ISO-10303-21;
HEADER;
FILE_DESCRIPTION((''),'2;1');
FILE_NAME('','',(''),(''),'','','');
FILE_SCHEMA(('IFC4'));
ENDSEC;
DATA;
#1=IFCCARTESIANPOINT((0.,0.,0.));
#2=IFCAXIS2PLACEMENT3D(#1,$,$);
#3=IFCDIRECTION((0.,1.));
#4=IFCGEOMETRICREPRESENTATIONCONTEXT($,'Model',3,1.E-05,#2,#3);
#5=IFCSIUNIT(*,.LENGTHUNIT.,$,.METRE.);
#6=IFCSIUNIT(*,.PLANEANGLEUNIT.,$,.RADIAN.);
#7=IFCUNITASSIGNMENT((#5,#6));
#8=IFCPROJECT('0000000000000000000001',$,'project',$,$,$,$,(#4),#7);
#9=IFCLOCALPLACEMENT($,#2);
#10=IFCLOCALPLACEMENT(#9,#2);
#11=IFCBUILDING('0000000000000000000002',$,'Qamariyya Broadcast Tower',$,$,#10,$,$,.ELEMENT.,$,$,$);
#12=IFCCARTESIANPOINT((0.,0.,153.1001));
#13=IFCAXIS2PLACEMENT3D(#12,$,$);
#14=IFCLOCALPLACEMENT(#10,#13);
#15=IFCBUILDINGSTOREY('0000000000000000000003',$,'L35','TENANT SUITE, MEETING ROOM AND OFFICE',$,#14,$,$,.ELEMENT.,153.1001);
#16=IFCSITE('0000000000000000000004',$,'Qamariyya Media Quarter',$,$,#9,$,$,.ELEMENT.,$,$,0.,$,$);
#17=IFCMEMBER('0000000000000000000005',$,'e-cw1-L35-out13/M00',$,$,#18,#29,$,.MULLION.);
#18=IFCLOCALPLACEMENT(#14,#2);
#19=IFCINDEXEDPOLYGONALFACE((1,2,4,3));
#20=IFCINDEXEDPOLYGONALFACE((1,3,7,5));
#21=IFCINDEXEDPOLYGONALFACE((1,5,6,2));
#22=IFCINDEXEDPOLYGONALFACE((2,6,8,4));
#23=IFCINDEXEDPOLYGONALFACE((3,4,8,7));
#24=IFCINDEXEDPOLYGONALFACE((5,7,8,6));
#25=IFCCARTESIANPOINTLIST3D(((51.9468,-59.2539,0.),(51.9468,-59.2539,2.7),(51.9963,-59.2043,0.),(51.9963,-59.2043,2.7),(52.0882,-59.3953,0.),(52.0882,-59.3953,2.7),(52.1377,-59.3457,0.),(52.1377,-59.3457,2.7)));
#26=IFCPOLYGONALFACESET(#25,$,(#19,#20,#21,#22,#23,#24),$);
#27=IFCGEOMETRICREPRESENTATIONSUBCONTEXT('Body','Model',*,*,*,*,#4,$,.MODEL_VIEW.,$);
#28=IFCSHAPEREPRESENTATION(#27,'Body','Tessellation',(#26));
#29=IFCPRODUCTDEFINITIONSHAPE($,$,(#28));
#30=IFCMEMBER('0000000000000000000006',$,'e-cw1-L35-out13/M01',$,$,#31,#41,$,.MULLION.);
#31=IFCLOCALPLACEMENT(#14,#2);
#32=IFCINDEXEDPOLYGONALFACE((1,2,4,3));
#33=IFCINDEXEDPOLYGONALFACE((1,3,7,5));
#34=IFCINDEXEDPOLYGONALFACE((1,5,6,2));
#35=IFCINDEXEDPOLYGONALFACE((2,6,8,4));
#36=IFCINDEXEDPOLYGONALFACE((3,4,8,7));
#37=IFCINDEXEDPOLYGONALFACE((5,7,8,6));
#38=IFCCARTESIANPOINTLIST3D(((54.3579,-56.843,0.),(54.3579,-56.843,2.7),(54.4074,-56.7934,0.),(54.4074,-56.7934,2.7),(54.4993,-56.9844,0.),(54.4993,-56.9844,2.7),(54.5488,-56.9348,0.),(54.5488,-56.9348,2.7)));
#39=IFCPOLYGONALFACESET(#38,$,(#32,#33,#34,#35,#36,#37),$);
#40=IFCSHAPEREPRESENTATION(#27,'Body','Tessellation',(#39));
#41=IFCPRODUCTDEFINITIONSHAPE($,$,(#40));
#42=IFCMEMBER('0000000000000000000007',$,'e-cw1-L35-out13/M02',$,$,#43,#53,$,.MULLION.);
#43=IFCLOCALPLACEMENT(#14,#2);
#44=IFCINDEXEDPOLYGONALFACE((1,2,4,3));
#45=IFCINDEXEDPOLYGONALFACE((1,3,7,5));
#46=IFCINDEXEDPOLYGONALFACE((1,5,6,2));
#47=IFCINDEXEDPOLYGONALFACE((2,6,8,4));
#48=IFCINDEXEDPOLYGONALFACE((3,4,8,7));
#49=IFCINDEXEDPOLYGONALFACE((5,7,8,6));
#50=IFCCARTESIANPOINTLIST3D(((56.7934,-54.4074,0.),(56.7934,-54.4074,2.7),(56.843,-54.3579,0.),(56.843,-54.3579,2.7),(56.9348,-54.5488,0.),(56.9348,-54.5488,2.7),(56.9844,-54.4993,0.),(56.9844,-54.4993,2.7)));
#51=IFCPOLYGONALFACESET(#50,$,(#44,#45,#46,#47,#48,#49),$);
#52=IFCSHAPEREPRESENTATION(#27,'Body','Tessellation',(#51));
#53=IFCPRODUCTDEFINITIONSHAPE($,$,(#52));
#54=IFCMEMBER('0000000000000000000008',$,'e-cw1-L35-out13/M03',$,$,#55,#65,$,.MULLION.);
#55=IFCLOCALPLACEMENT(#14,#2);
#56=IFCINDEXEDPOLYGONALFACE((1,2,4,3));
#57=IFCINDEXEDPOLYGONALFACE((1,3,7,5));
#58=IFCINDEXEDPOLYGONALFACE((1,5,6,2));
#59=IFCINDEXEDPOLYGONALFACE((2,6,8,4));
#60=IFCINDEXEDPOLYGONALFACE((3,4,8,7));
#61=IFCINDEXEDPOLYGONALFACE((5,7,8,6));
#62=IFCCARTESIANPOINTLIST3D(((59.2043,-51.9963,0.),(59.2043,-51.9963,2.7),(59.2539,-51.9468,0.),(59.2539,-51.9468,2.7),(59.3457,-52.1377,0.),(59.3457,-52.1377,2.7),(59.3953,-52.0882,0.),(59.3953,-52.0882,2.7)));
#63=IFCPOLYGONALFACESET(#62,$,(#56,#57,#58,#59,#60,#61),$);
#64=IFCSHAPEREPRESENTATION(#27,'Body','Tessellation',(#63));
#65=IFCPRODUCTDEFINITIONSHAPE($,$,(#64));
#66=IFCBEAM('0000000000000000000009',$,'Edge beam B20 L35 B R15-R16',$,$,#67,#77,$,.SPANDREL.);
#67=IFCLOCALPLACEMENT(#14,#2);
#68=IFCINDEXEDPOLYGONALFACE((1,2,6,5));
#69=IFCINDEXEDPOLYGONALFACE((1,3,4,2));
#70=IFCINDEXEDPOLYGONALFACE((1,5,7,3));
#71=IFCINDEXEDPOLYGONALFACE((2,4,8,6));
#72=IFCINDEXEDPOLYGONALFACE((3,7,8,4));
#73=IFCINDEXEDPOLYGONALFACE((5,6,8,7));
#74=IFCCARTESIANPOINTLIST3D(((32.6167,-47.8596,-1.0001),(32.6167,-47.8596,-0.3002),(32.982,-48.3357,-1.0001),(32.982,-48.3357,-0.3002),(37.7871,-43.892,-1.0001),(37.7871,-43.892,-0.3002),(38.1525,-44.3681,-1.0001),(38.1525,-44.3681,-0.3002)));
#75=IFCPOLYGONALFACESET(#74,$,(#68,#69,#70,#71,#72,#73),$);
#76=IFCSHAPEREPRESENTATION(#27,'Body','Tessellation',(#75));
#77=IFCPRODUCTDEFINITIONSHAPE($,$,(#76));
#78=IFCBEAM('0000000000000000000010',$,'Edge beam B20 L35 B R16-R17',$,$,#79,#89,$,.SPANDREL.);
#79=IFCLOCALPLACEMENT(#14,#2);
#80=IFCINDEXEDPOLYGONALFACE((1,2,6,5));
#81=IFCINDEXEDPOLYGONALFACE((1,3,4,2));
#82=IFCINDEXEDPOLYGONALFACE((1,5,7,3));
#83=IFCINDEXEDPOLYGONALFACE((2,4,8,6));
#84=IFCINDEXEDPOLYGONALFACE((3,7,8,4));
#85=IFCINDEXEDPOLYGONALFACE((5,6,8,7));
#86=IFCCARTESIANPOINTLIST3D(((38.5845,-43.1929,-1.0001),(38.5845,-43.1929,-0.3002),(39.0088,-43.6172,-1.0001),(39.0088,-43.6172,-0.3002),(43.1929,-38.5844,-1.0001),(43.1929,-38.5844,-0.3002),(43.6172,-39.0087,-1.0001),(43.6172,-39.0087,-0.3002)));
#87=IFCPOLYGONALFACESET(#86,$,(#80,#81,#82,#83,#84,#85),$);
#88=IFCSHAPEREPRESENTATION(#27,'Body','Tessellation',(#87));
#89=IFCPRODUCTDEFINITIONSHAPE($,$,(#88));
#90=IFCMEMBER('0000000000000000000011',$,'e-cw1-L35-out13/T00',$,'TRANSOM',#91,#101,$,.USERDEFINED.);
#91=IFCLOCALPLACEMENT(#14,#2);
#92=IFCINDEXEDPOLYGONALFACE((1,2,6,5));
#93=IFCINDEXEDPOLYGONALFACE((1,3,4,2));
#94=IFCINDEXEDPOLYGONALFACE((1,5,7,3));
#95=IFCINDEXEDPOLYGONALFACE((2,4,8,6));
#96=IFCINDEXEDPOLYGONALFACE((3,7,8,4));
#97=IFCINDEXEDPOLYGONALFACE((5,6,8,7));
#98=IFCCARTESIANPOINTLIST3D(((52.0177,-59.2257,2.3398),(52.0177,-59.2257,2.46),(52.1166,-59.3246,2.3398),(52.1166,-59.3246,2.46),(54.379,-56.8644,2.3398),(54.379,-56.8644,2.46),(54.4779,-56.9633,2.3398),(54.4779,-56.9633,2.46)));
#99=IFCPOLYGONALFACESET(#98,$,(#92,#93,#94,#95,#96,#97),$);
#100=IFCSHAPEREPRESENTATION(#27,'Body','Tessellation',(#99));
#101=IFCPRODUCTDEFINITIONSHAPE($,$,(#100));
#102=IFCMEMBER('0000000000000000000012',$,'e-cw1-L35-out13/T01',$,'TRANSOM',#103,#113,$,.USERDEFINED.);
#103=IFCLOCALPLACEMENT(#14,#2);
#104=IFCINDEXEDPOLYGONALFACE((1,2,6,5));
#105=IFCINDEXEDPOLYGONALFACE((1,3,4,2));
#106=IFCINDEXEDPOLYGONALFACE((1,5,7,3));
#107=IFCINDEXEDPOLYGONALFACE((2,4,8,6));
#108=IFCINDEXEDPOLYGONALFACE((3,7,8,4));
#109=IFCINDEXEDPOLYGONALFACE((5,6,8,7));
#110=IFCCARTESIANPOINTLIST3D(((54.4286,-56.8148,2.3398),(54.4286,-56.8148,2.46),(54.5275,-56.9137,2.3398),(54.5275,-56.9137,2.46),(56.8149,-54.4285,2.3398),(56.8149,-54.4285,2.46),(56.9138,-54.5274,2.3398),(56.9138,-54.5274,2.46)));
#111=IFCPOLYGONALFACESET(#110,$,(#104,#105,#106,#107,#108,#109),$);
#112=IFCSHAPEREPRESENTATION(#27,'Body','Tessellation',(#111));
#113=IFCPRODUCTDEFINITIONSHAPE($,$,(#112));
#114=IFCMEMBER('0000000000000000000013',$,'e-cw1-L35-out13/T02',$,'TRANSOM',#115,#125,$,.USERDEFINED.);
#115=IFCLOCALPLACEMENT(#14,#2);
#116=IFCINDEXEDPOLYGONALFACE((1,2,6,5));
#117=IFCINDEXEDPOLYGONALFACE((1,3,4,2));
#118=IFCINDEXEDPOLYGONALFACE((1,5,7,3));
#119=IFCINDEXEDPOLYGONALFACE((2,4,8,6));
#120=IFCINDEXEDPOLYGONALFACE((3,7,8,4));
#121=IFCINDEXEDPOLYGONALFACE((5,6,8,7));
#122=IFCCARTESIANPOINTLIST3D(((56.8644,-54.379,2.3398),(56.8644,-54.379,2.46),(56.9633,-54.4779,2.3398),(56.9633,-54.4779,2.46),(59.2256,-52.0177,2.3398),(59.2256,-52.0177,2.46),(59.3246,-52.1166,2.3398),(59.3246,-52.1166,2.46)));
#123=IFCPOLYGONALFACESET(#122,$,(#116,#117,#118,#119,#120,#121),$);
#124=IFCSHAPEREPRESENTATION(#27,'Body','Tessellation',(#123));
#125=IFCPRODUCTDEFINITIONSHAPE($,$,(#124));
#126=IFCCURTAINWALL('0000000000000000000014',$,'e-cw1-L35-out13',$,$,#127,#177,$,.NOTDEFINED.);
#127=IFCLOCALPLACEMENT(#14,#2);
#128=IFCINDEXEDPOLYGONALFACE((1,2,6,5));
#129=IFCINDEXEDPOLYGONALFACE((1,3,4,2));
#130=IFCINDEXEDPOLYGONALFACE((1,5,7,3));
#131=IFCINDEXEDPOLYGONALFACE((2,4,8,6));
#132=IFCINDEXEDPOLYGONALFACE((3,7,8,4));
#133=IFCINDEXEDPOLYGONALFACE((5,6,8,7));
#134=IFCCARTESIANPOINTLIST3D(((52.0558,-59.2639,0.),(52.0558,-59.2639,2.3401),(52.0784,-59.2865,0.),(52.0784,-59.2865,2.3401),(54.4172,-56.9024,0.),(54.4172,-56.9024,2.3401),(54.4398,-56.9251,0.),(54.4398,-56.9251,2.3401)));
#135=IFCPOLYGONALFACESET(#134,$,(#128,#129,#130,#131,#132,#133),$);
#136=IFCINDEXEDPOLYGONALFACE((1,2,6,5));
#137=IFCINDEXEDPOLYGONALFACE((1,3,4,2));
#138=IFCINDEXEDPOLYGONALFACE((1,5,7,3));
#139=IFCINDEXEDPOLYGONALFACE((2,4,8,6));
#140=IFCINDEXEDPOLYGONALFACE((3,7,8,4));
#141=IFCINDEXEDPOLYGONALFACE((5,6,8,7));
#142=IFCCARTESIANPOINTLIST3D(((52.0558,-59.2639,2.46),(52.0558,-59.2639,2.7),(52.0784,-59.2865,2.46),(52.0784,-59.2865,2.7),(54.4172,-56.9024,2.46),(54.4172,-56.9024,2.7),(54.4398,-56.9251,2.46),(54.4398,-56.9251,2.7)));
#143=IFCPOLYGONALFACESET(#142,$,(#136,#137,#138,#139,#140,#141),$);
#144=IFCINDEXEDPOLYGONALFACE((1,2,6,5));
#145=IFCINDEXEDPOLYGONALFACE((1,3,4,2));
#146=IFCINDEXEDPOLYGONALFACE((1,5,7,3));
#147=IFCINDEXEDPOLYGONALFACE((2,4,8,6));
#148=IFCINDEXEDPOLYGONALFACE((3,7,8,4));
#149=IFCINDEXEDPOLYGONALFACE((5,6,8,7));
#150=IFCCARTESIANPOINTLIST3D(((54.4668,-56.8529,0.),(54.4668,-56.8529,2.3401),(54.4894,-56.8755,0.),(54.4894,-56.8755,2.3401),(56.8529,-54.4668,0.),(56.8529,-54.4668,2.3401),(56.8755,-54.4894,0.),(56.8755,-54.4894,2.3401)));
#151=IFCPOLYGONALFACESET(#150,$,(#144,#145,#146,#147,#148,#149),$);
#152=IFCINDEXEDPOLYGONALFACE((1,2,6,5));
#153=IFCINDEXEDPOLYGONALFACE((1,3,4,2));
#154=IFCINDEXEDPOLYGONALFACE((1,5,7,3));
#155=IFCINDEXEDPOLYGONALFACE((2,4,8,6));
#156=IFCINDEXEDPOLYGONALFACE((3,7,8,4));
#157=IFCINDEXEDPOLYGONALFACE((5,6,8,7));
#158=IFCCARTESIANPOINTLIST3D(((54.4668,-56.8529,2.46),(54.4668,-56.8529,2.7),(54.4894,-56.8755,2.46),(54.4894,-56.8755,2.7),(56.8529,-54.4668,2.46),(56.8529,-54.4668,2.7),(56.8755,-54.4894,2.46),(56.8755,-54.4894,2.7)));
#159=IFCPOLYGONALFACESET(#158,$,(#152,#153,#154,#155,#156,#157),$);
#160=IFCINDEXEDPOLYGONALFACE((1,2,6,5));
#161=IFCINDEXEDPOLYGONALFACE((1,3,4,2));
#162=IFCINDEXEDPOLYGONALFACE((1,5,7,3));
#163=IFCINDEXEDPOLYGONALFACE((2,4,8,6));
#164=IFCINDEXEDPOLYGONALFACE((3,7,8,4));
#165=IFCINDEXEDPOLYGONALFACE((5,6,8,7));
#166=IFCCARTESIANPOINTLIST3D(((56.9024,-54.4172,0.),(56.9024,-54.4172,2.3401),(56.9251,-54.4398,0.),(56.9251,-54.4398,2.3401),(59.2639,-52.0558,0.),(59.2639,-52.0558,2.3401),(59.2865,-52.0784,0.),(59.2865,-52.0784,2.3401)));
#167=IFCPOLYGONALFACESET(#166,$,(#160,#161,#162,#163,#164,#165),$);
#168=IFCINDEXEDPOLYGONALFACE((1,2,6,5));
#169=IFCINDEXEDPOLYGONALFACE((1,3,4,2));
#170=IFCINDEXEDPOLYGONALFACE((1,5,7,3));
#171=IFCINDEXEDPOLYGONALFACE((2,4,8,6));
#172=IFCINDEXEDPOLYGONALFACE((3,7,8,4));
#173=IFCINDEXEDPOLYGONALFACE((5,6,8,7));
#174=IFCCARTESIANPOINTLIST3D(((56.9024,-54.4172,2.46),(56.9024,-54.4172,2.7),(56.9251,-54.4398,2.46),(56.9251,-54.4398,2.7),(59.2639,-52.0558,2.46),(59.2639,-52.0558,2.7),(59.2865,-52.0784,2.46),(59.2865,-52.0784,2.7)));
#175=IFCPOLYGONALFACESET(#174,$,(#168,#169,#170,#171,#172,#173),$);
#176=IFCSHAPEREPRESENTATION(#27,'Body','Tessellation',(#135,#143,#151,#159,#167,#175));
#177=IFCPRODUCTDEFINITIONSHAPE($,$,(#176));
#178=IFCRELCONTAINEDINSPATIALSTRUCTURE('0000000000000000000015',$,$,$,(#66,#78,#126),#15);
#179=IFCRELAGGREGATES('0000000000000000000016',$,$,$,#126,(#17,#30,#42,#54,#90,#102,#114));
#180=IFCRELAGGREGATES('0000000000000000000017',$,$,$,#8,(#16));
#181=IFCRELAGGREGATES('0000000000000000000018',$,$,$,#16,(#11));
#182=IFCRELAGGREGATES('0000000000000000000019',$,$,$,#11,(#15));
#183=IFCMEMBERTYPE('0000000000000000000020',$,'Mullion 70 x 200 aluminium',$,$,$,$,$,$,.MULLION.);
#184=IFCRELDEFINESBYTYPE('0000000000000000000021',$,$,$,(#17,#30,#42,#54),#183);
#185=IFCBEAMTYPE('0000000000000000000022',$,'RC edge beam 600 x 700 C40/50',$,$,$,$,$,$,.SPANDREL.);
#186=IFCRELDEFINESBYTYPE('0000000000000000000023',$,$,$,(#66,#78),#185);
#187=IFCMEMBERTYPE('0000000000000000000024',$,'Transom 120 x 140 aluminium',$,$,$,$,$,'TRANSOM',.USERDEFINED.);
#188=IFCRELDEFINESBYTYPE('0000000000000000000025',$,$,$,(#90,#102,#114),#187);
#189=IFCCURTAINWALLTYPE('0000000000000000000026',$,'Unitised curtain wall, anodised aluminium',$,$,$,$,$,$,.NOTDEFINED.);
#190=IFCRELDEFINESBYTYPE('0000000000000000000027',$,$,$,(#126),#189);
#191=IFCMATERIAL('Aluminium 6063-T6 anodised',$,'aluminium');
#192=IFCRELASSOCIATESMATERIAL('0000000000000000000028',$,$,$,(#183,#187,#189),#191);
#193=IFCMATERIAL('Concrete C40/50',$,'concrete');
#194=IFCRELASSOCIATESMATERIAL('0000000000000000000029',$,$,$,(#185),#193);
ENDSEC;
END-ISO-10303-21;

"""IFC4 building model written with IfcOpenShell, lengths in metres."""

from ifc_helpers import new_model, si_unit, direction, frame, origin, origin_2d, place, context, subcontext, project, spatial, rectangle, extrude, material, material_profile, profile_set, type_object, element, aggregate, save


model = new_model("IFC4")

# Units and contexts
model_context = context("Model", 3, precision=1e-05, world=origin(), true_north=direction((0.0, 1.0)))
body_context = subcontext(model_context, "Body", "Model", "MODEL_VIEW")
ifc_project = project(units=[si_unit("LENGTHUNIT", "METRE"), si_unit("PLANEANGLEUNIT", "RADIAN")], contexts=[model_context])

# Site, building, storey
site_placement = place(None, origin())
site = spatial("IfcSite", under=ifc_project, at=site_placement, Name="Qamariyya Media Quarter", CompositionType="ELEMENT", RefElevation=0.0)
building_placement = place(site_placement, origin())
building = spatial("IfcBuilding", under=site, at=building_placement, Name="Qamariyya Broadcast Tower", CompositionType="ELEMENT")
storey_placement = place(building_placement, frame((0.0, 0.0, 153.1001)))
storey = spatial("IfcBuildingStorey", under=building, at=storey_placement, Name="L35", Description="TENANT SUITE, MEETING ROOM AND OFFICE", CompositionType="ELEMENT", Elevation=153.1001)

# Members
ifc_material_1 = material(Name="Aluminium 6063-T6 anodised", Category="aluminium")
ifc_material_profile_1 = material_profile(ifc_material_1, rectangle(XDim=0.2, YDim=0.0701, at=origin_2d()))
ifc_profile_set_1 = profile_set([ifc_material_profile_1], Name="Aluminium 6063-T6 anodised")
member_type_1 = type_object("IfcMemberType", Name="Mullion 70 x 200 aluminium", PredefinedType="MULLION", material=ifc_profile_set_1)
member_1_placement = place(storey_placement, frame((52.0422, -59.2998, 0.0), z_axis=(0.0, 0.0, 1.0), x_axis=(-0.707107, 0.707107, 0.0)))
member_1 = element("IfcMember", 1, at=member_1_placement, type_object=member_type_1, Name="e-cw1-L35-out13/M00", PredefinedType="MULLION", context=body_context, shape_type="SweptSolid", body=[
    extrude(rectangle(XDim=0.2, YDim=0.0701, at=origin_2d()), origin(), (0.0, 0.0, 1.0), 2.7),
])
member_2_placement = place(storey_placement, frame((54.4534, -56.8889, 0.0), z_axis=(0.0, 0.0, 1.0), x_axis=(-0.707107, 0.707107, 0.0)))
member_2 = element("IfcMember", 2, at=member_2_placement, type_object=member_type_1, Name="e-cw1-L35-out13/M01", PredefinedType="MULLION", context=body_context, shape_type="SweptSolid", body=[
    extrude(rectangle(XDim=0.2, YDim=0.0701, at=origin_2d()), origin(), (0.0, 0.0, 1.0), 2.7),
])
member_3_placement = place(storey_placement, frame((56.8889, -54.4534, 0.0), z_axis=(0.0, 0.0, 1.0), x_axis=(-0.707107, 0.707107, 0.0)))
member_3 = element("IfcMember", 3, at=member_3_placement, type_object=member_type_1, Name="e-cw1-L35-out13/M02", PredefinedType="MULLION", context=body_context, shape_type="SweptSolid", body=[
    extrude(rectangle(XDim=0.2, YDim=0.0701, at=origin_2d()), origin(), (0.0, 0.0, 1.0), 2.7),
])
member_4_placement = place(storey_placement, frame((59.2998, -52.0422, 0.0), z_axis=(0.0, 0.0, 1.0), x_axis=(-0.707107, 0.707107, 0.0)))
member_4 = element("IfcMember", 4, at=member_4_placement, type_object=member_type_1, Name="e-cw1-L35-out13/M03", PredefinedType="MULLION", context=body_context, shape_type="SweptSolid", body=[
    extrude(rectangle(XDim=0.2, YDim=0.0701, at=origin_2d()), origin(), (0.0, 0.0, 1.0), 2.7),
])

# Beams
ifc_material_2 = material(Name="Concrete C40/50", Category="concrete")
ifc_material_profile_2 = material_profile(ifc_material_2, rectangle(XDim=0.6001, YDim=0.7, at=origin_2d()))
ifc_profile_set_2 = profile_set([ifc_material_profile_2], Name="Concrete C40/50")
beam_type = type_object("IfcBeamType", Name="RC edge beam 600 x 700 C40/50", PredefinedType="SPANDREL", material=ifc_profile_set_2)
for number, where, z_axis, x_axis, name in (
    (5, (32.7993, -48.0977, -0.6501), (0.793343, 0.608774, 0.0), (-0.608774, 0.793343, 0.0), "Edge beam B20 L35 B R15-R16"),
    (6, (38.7966, -43.405, -0.6501), (0.707107, 0.707107, 0.0), (-0.707107, 0.707107, 0.0), "Edge beam B20 L35 B R16-R17"),
):
    element("IfcBeam", number, at=place(storey_placement, frame(where, z_axis=z_axis, x_axis=x_axis)), inside=storey, type_object=beam_type, Name=name, PredefinedType="SPANDREL", context=body_context, shape_type="SweptSolid", body=[
        extrude(rectangle(XDim=0.6001, YDim=0.7, at=origin_2d()), origin(), (0.0, 0.0, 1.0), 6.5173),
    ])

# Members
ifc_material_profile_3 = material_profile(ifc_material_1, rectangle(XDim=0.1399, YDim=0.1201, at=origin_2d()))
ifc_profile_set_3 = profile_set([ifc_material_profile_3], Name="Aluminium 6063-T6 anodised")
member_type_2 = type_object("IfcMemberType", Name="Transom 120 x 140 aluminium", ElementType="TRANSOM", PredefinedType="USERDEFINED", material=ifc_profile_set_3)
member_5_placement = place(storey_placement, frame((52.0671, -59.2751, 2.3999), z_axis=(0.707107, 0.707107, 0.0), x_axis=(-0.707107, 0.707107, 0.0)))
member_5 = element("IfcMember", 7, at=member_5_placement, type_object=member_type_2, Name="e-cw1-L35-out13/T00", ObjectType="TRANSOM", PredefinedType="USERDEFINED", context=body_context, shape_type="SweptSolid", body=[
    extrude(rectangle(XDim=0.1399, YDim=0.1201, at=origin_2d()), origin(), (0.0, 0.0, 1.0), 3.3394),
])
member_6_placement = place(storey_placement, frame((54.478, -56.8643, 2.3999), z_axis=(0.707107, 0.707107, 0.0), x_axis=(-0.707107, 0.707107, 0.0)))
member_6 = element("IfcMember", 8, at=member_6_placement, type_object=member_type_2, Name="e-cw1-L35-out13/T01", ObjectType="TRANSOM", PredefinedType="USERDEFINED", context=body_context, shape_type="SweptSolid", body=[
    extrude(rectangle(XDim=0.1399, YDim=0.1201, at=origin_2d()), origin(), (0.0, 0.0, 1.0), 3.3748),
])
member_7_placement = place(storey_placement, frame((56.9138, -54.4285, 2.3999), z_axis=(0.707107, 0.707107, 0.0), x_axis=(-0.707107, 0.707107, 0.0)))
member_7 = element("IfcMember", 9, at=member_7_placement, type_object=member_type_2, Name="e-cw1-L35-out13/T02", ObjectType="TRANSOM", PredefinedType="USERDEFINED", context=body_context, shape_type="SweptSolid", body=[
    extrude(rectangle(XDim=0.1399, YDim=0.1201, at=origin_2d()), origin(), (0.0, 0.0, 1.0), 3.3394),
])

# Curtain wall
curtain_wall_type = type_object("IfcCurtainWallType", Name="Unitised curtain wall, anodised aluminium", PredefinedType="NOTDEFINED", material=ifc_material_1)
curtain_wall_1_placement = place(storey_placement, origin())
curtain_wall_1 = element("IfcCurtainWall", 10, at=curtain_wall_1_placement, inside=storey, type_object=curtain_wall_type, Name="e-cw1-L35-out13", PredefinedType="NOTDEFINED", context=body_context, shape_type="SweptSolid", body=[
    extrude(rectangle(XDim=3.3396, YDim=0.032, at=origin_2d()), frame((53.2478, -58.0945, 0.0), x_axis=(0.707107, 0.707107, 0.0)), (0.0, 0.0, 1.0), 2.3401),
    extrude(rectangle(XDim=3.3396, YDim=0.032, at=origin_2d()), frame((53.2478, -58.0945, 2.46), x_axis=(0.707107, 0.707107, 0.0)), (0.0, 0.0, 1.0), 0.24),
    extrude(rectangle(XDim=3.3745, YDim=0.032, at=origin_2d()), frame((55.6711, -55.6711, 0.0), x_axis=(0.707107, 0.707107, 0.0)), (0.0, 0.0, 1.0), 2.3401),
    extrude(rectangle(XDim=3.3745, YDim=0.032, at=origin_2d()), frame((55.6711, -55.6711, 2.46), x_axis=(0.707107, 0.707107, 0.0)), (0.0, 0.0, 1.0), 0.24),
    extrude(rectangle(XDim=3.3396, YDim=0.032, at=origin_2d()), frame((58.0945, -53.2478, 0.0), x_axis=(0.707107, 0.707107, 0.0)), (0.0, 0.0, 1.0), 2.3401),
    extrude(rectangle(XDim=3.3396, YDim=0.032, at=origin_2d()), frame((58.0945, -53.2478, 2.46), x_axis=(0.707107, 0.707107, 0.0)), (0.0, 0.0, 1.0), 0.24),
])
aggregate(curtain_wall_1, [member_1, member_2, member_3, member_4, member_5, member_6, member_7])

save(model, "model.ifc")
